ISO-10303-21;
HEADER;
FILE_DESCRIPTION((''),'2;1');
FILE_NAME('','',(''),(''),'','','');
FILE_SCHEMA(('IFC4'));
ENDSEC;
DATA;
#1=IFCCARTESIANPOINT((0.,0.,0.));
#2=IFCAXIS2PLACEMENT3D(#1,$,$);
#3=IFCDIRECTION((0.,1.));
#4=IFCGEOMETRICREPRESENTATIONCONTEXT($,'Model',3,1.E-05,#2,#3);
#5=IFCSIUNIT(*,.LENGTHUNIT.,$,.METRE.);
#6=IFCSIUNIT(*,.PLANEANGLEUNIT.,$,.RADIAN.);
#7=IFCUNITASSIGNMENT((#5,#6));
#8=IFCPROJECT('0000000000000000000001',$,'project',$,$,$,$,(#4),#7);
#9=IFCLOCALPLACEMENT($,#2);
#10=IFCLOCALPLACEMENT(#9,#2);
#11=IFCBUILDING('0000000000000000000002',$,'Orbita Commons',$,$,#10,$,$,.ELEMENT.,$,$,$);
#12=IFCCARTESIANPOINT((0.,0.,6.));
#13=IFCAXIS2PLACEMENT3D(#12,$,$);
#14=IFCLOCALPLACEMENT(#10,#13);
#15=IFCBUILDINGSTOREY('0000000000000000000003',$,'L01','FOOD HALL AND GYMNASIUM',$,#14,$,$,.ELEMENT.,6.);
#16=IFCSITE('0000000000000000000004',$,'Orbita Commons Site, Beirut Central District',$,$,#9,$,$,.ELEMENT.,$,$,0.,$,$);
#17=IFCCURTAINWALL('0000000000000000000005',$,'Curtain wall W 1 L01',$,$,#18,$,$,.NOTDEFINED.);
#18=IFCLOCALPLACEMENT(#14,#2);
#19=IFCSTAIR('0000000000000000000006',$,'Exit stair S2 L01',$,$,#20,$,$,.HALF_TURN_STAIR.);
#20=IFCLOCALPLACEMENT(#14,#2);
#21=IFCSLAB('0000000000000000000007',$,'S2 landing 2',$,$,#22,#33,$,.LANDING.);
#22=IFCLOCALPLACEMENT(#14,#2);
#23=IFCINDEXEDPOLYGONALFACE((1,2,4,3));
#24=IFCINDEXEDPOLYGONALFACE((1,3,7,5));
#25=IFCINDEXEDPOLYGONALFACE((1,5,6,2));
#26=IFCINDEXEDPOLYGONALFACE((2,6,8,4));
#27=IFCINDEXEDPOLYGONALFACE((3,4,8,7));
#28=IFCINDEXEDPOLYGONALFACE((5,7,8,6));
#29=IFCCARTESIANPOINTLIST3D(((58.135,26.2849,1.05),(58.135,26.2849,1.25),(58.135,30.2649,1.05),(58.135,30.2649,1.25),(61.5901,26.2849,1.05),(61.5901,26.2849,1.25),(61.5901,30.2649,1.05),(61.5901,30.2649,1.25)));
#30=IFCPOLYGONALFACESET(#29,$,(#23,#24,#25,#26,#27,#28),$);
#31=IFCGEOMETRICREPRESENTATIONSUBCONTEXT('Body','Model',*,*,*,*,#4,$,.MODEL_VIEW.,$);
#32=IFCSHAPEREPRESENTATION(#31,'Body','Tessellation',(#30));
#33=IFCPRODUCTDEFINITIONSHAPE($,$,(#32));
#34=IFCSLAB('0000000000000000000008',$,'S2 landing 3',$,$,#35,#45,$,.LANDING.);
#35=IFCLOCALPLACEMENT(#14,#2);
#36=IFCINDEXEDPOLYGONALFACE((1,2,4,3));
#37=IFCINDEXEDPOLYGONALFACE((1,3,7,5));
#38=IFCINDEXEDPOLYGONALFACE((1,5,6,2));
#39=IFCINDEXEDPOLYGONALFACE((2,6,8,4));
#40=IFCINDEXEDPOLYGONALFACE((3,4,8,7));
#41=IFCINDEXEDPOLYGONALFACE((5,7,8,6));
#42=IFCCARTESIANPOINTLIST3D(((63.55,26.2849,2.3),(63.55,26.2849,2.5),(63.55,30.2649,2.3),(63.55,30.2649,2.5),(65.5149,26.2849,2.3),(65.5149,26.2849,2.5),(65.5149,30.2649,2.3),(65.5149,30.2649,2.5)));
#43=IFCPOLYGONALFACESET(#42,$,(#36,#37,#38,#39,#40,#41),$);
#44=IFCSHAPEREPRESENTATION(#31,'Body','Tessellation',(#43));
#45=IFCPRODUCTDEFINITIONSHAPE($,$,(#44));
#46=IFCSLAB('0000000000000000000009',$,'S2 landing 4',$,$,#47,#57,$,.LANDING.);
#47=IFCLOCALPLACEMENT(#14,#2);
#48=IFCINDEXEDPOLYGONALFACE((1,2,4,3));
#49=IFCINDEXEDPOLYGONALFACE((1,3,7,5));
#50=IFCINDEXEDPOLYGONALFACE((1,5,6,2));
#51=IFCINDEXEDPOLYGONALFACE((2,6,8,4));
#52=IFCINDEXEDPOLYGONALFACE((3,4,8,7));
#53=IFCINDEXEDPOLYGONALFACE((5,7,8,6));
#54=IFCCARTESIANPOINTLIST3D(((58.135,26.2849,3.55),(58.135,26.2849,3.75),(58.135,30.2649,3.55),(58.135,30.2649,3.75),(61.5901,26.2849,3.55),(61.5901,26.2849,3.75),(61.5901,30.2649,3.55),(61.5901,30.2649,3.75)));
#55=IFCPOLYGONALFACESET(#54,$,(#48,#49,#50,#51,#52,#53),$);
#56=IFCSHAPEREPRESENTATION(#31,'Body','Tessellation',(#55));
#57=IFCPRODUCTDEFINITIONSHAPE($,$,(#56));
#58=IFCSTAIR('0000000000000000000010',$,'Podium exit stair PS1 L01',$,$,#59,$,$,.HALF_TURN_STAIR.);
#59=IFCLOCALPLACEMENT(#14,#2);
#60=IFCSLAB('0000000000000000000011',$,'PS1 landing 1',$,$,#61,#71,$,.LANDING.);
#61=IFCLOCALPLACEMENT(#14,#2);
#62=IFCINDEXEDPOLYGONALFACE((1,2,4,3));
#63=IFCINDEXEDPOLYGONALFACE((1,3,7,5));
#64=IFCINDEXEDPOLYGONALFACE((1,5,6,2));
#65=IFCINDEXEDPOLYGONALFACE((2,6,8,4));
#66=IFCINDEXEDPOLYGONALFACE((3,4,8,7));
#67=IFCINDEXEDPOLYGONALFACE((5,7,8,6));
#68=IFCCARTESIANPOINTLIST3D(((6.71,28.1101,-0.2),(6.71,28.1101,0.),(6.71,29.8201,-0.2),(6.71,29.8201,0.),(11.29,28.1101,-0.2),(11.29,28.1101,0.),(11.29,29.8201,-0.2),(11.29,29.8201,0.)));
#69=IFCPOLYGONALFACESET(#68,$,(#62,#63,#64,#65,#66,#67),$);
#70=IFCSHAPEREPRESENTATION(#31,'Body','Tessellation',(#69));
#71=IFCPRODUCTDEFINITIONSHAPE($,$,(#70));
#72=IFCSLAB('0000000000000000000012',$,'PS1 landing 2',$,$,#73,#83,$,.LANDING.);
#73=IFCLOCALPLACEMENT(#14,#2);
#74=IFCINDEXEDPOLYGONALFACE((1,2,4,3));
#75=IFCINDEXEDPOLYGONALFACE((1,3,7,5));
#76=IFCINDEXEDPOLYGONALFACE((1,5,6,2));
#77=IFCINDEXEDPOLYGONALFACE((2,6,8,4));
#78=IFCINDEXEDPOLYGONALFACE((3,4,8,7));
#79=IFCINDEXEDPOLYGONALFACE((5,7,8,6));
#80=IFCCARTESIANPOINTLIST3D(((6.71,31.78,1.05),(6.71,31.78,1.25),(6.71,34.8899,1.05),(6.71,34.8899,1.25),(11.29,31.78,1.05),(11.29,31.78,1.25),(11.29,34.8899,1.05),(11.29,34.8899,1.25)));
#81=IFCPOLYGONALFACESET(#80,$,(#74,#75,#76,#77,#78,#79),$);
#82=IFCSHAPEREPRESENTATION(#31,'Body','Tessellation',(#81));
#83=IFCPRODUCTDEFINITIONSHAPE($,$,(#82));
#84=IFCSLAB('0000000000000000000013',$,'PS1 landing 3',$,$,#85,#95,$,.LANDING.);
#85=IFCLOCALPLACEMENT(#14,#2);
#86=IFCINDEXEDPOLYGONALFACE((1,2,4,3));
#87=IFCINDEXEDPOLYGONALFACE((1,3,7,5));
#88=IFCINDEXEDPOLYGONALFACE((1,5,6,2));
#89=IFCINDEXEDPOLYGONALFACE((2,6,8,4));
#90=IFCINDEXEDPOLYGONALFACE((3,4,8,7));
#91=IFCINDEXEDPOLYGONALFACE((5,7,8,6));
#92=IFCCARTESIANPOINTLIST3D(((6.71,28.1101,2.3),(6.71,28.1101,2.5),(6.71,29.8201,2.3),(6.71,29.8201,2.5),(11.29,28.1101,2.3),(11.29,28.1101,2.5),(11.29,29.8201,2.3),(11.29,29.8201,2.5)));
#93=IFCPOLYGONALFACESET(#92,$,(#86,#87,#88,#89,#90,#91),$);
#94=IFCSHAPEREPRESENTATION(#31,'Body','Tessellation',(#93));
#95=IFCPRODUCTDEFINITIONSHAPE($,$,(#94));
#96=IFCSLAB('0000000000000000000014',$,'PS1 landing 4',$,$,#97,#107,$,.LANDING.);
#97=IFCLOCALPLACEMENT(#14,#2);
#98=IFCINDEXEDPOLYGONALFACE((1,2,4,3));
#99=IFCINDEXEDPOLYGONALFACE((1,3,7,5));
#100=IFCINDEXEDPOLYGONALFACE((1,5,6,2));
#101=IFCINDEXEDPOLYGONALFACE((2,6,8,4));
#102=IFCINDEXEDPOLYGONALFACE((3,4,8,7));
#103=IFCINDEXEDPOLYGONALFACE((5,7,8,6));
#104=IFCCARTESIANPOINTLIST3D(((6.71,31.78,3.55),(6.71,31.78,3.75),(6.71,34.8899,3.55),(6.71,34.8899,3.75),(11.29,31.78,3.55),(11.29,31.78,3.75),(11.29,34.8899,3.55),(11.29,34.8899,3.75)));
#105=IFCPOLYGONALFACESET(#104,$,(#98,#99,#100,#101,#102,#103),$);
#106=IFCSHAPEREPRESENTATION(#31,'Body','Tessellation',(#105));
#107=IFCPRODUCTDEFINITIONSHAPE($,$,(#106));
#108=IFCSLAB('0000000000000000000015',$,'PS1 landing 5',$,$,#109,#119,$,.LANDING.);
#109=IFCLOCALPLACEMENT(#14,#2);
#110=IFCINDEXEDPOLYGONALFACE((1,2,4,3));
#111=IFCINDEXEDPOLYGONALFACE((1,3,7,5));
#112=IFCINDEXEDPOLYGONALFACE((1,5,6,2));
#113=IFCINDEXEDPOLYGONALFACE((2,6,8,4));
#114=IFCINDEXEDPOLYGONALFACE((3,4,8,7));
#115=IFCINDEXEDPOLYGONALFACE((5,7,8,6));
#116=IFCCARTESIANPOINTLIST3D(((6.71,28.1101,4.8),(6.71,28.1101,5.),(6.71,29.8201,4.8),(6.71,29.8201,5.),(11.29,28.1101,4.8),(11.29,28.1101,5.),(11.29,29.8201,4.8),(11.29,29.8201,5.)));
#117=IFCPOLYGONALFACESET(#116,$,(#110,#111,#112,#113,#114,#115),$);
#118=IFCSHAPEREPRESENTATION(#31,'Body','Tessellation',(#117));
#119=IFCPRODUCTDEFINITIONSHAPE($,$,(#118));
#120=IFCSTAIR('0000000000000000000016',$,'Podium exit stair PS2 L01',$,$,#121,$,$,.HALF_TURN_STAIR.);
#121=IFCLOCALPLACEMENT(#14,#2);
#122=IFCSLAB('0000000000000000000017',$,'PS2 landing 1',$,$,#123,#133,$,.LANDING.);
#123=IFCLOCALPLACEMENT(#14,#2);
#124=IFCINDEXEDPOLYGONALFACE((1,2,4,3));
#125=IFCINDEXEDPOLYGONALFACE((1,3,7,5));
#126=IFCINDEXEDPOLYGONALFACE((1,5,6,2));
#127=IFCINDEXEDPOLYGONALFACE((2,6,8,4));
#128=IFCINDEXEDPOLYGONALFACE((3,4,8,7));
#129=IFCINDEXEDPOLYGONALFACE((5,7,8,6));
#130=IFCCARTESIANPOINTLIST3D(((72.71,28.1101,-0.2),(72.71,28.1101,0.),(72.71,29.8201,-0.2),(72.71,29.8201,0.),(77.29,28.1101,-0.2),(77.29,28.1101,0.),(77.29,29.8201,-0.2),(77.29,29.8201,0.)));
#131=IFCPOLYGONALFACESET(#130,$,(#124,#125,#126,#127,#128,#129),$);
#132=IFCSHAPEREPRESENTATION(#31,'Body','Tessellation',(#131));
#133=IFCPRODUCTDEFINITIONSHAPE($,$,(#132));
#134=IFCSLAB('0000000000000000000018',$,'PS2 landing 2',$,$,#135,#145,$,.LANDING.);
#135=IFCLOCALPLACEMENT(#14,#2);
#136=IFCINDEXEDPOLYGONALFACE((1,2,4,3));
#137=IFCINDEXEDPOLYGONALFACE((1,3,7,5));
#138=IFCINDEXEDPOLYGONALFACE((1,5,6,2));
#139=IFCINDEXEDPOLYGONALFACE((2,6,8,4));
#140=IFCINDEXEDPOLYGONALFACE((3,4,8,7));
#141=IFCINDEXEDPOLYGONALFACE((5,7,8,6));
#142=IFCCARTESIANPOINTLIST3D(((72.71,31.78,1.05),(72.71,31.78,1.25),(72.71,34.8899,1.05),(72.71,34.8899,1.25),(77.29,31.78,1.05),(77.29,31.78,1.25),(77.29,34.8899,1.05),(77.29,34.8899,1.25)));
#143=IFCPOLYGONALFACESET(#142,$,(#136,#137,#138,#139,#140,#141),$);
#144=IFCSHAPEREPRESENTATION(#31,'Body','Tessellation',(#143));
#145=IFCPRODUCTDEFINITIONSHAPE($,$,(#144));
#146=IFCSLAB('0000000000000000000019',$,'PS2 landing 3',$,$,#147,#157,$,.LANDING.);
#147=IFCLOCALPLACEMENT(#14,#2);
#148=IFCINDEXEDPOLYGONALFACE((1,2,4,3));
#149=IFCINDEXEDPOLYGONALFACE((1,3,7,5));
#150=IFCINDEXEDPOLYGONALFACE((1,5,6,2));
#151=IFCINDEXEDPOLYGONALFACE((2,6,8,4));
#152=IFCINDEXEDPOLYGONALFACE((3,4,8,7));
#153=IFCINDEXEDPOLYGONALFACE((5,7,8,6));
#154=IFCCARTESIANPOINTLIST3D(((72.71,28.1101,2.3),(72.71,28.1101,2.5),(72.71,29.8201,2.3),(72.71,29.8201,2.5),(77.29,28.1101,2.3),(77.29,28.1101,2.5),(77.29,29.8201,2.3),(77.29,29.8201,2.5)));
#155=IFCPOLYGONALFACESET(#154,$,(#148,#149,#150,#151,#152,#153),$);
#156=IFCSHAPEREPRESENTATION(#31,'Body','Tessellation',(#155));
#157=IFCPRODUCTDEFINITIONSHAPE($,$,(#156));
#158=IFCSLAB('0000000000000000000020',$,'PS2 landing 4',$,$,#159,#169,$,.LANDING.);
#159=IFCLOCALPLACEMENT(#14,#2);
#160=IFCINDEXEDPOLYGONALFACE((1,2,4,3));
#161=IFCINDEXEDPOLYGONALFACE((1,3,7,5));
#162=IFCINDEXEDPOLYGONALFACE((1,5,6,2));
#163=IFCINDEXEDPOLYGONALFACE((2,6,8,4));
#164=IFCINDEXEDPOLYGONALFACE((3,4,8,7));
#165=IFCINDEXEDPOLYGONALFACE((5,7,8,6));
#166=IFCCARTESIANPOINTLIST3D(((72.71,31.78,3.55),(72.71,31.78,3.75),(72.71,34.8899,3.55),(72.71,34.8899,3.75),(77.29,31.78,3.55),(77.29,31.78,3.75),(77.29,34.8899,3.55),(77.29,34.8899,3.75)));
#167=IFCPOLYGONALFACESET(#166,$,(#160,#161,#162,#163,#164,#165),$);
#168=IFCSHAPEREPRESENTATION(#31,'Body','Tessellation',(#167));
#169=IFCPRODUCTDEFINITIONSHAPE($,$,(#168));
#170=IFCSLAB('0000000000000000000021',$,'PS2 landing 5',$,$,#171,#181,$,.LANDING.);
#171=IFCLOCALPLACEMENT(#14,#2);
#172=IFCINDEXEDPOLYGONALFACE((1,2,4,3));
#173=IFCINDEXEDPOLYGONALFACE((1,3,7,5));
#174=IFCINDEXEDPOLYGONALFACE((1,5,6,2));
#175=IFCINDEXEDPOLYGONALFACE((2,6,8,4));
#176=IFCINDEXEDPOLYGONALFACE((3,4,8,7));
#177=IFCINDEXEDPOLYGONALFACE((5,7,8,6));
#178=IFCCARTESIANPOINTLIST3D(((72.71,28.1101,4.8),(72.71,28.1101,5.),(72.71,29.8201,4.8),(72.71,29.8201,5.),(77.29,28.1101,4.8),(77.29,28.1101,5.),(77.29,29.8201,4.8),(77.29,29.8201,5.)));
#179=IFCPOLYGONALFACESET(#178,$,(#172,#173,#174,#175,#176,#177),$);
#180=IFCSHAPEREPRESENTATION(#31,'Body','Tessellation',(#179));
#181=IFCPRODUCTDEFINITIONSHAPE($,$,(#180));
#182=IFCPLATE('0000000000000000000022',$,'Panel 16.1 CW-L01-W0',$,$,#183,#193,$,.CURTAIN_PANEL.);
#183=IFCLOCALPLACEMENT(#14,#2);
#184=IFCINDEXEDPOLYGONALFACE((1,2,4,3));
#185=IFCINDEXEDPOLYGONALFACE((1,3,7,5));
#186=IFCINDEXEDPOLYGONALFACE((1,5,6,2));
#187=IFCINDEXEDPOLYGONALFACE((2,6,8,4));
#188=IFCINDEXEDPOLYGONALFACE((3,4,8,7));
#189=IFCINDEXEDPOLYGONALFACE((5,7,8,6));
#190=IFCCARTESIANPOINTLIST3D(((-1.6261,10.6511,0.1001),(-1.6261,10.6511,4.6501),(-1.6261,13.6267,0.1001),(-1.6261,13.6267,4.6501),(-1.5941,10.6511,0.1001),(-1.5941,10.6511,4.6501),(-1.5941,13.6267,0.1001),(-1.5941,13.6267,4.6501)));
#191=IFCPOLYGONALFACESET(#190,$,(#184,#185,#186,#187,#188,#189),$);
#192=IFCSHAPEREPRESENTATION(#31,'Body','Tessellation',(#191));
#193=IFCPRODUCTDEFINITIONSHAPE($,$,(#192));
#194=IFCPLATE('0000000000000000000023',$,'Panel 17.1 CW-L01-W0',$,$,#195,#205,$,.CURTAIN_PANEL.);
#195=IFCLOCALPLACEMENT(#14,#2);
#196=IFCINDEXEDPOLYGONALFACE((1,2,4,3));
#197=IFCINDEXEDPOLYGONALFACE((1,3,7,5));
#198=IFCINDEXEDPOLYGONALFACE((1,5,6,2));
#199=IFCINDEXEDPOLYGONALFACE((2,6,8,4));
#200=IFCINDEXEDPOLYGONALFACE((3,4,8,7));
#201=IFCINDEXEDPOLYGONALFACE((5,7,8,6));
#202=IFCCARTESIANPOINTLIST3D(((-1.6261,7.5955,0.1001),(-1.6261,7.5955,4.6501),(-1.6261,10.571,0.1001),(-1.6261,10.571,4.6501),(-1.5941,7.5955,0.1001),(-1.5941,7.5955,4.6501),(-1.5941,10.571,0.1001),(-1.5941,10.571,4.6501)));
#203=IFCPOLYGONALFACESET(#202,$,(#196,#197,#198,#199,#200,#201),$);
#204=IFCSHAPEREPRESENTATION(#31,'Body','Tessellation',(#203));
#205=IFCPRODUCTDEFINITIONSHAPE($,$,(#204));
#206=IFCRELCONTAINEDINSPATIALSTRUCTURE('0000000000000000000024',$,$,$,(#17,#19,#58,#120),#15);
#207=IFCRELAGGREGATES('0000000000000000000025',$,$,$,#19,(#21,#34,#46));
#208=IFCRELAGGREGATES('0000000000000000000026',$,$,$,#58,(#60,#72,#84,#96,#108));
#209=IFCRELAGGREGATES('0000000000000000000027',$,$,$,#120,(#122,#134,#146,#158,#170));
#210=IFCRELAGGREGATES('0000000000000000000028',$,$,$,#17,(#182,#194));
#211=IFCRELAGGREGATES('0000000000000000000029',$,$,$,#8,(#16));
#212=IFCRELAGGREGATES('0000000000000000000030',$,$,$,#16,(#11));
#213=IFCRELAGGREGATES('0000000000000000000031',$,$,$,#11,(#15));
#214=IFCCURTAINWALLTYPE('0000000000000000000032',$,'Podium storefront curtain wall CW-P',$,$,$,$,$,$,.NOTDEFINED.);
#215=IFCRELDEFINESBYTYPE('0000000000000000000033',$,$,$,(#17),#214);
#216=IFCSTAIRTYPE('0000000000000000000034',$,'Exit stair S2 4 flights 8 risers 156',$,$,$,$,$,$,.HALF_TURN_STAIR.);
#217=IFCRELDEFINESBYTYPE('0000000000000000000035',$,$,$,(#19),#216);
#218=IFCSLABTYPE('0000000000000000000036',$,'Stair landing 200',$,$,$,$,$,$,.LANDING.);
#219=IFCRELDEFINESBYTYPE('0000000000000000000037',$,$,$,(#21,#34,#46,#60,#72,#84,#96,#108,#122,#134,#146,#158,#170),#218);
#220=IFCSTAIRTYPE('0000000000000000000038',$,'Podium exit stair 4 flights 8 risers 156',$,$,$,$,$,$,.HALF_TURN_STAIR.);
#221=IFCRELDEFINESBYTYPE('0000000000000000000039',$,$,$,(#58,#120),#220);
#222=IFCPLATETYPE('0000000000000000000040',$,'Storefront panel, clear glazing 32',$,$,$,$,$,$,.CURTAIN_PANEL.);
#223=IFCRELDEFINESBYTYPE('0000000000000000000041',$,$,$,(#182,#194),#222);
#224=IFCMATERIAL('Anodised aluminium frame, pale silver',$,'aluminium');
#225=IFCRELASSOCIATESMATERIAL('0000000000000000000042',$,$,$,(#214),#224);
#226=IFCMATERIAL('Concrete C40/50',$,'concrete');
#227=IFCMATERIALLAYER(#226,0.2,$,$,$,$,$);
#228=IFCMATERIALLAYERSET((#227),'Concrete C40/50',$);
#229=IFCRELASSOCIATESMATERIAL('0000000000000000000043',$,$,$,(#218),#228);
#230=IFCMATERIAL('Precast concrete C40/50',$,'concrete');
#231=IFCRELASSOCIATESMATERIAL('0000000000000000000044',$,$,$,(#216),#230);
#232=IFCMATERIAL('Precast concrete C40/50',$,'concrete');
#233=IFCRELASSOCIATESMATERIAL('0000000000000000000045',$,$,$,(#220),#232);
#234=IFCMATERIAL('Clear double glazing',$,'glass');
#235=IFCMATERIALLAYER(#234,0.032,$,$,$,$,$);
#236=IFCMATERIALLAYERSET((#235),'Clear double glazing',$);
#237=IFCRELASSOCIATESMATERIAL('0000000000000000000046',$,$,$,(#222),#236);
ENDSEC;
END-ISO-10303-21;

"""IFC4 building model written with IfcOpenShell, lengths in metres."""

from ifc_helpers import new_model, si_unit, direction, frame, origin, origin_2d, place, context, subcontext, project, spatial, polyline, rectangle, outline, extrude, material, layer, layer_set, type_object, element, aggregate, save


model = new_model("IFC4")

# Units and contexts
model_context = context("Model", 3, precision=1e-05, world=origin(), true_north=direction((0.0, 1.0)))
body_context = subcontext(model_context, "Body", "Model", "MODEL_VIEW")
ifc_project = project(units=[si_unit("LENGTHUNIT", "METRE"), si_unit("PLANEANGLEUNIT", "RADIAN")], contexts=[model_context])

# Site, building, storey
site_placement = place(None, origin())
site = spatial("IfcSite", under=ifc_project, at=site_placement, Name="Orbita Commons Site, Beirut Central District", CompositionType="ELEMENT", RefElevation=0.0)
building_placement = place(site_placement, origin())
building = spatial("IfcBuilding", under=site, at=building_placement, Name="Orbita Commons", CompositionType="ELEMENT")
storey_placement = place(building_placement, frame((0.0, 0.0, 6.0)))
storey = spatial("IfcBuildingStorey", under=building, at=storey_placement, Name="L01", Description="FOOD HALL AND GYMNASIUM", CompositionType="ELEMENT", Elevation=6.0)

# Curtain wall
ifc_material_1 = material(Name="Anodised aluminium frame, pale silver", Category="aluminium")
curtain_wall_type = type_object("IfcCurtainWallType", Name="Podium storefront curtain wall CW-P", PredefinedType="NOTDEFINED", material=ifc_material_1)
curtain_wall_placement = place(storey_placement, origin())
curtain_wall = element("IfcCurtainWall", 1, at=curtain_wall_placement, inside=storey, type_object=curtain_wall_type, Name="Curtain wall W 1 L01", PredefinedType="NOTDEFINED")

# Stairs, slabs
ifc_material_2 = material(Name="Concrete C40/50", Category="concrete")
ifc_layer_1 = layer(ifc_material_2, 0.2)
ifc_layer_set_1 = layer_set([ifc_layer_1], Name="Concrete C40/50")
slab_type_1 = type_object("IfcSlabType", Name="Stair landing 200", PredefinedType="LANDING", material=ifc_layer_set_1)
ifc_material_3 = material(Name="Precast concrete C40/50", Category="concrete")
stair_type_1 = type_object("IfcStairType", Name="Exit stair S2 4 flights 8 risers 156", PredefinedType="HALF_TURN_STAIR", material=ifc_material_3)
stair_1_placement = place(storey_placement, origin())
stair_1 = element("IfcStair", 2, at=stair_1_placement, inside=storey, type_object=stair_type_1, Name="Exit stair S2 L01", PredefinedType="HALF_TURN_STAIR")
slab_1_placement = place(storey_placement, frame((0.0, 0.0, 1.05)))
slab_1 = element("IfcSlab", 3, at=slab_1_placement, type_object=slab_type_1, Name="S2 landing 2", PredefinedType="LANDING", context=body_context, shape_type="SweptSolid", body=[
    extrude(outline(polyline([(58.135, 26.2849), (61.5901, 26.2849), (61.5901, 30.2649), (58.135, 30.2649), (58.135, 26.2849)])), origin(), (0.0, 0.0, 1.0), 0.2),
])
slab_2_placement = place(storey_placement, frame((0.0, 0.0, 2.3)))
slab_2 = element("IfcSlab", 4, at=slab_2_placement, type_object=slab_type_1, Name="S2 landing 3", PredefinedType="LANDING", context=body_context, shape_type="SweptSolid", body=[
    extrude(outline(polyline([(63.55, 26.2849), (65.5149, 26.2849), (65.5149, 30.2649), (63.55, 30.2649), (63.55, 26.2849)])), origin(), (0.0, 0.0, 1.0), 0.2),
])
slab_3_placement = place(storey_placement, frame((0.0, 0.0, 3.55)))
slab_3 = element("IfcSlab", 5, at=slab_3_placement, type_object=slab_type_1, Name="S2 landing 4", PredefinedType="LANDING", context=body_context, shape_type="SweptSolid", body=[
    extrude(outline(polyline([(58.135, 26.2849), (61.5901, 26.2849), (61.5901, 30.2649), (58.135, 30.2649), (58.135, 26.2849)])), origin(), (0.0, 0.0, 1.0), 0.2),
])
aggregate(stair_1, [slab_1, slab_2, slab_3])
ifc_material_4 = material(Name="Precast concrete C40/50", Category="concrete")
stair_type_2 = type_object("IfcStairType", Name="Podium exit stair 4 flights 8 risers 156", PredefinedType="HALF_TURN_STAIR", material=ifc_material_4)
stair_2_placement = place(storey_placement, origin())
stair_2 = element("IfcStair", 6, at=stair_2_placement, inside=storey, type_object=stair_type_2, Name="Podium exit stair PS1 L01", PredefinedType="HALF_TURN_STAIR")
slab_4_placement = place(storey_placement, frame((0.0, 0.0, -0.2)))
slab_4 = element("IfcSlab", 7, at=slab_4_placement, type_object=slab_type_1, Name="PS1 landing 1", PredefinedType="LANDING", context=body_context, shape_type="SweptSolid", body=[
    extrude(outline(polyline([(6.71, 28.1101), (11.29, 28.1101), (11.29, 29.8201), (6.71, 29.8201), (6.71, 28.1101)])), origin(), (0.0, 0.0, 1.0), 0.2),
])
slab_5_placement = place(storey_placement, frame((0.0, 0.0, 1.05)))
slab_5 = element("IfcSlab", 8, at=slab_5_placement, type_object=slab_type_1, Name="PS1 landing 2", PredefinedType="LANDING", context=body_context, shape_type="SweptSolid", body=[
    extrude(outline(polyline([(6.71, 31.78), (11.29, 31.78), (11.29, 34.8899), (6.71, 34.8899), (6.71, 31.78)])), origin(), (0.0, 0.0, 1.0), 0.2),
])
slab_6_placement = place(storey_placement, frame((0.0, 0.0, 2.3)))
slab_6 = element("IfcSlab", 9, at=slab_6_placement, type_object=slab_type_1, Name="PS1 landing 3", PredefinedType="LANDING", context=body_context, shape_type="SweptSolid", body=[
    extrude(outline(polyline([(6.71, 28.1101), (11.29, 28.1101), (11.29, 29.8201), (6.71, 29.8201), (6.71, 28.1101)])), origin(), (0.0, 0.0, 1.0), 0.2),
])
slab_7_placement = place(storey_placement, frame((0.0, 0.0, 3.55)))
slab_7 = element("IfcSlab", 10, at=slab_7_placement, type_object=slab_type_1, Name="PS1 landing 4", PredefinedType="LANDING", context=body_context, shape_type="SweptSolid", body=[
    extrude(outline(polyline([(6.71, 31.78), (11.29, 31.78), (11.29, 34.8899), (6.71, 34.8899), (6.71, 31.78)])), origin(), (0.0, 0.0, 1.0), 0.2),
])
slab_8_placement = place(storey_placement, frame((0.0, 0.0, 4.8)))
slab_8 = element("IfcSlab", 11, at=slab_8_placement, type_object=slab_type_1, Name="PS1 landing 5", PredefinedType="LANDING", context=body_context, shape_type="SweptSolid", body=[
    extrude(outline(polyline([(6.71, 28.1101), (11.29, 28.1101), (11.29, 29.8201), (6.71, 29.8201), (6.71, 28.1101)])), origin(), (0.0, 0.0, 1.0), 0.2),
])
aggregate(stair_2, [slab_4, slab_5, slab_6, slab_7, slab_8])
stair_3_placement = place(storey_placement, origin())
stair_3 = element("IfcStair", 12, at=stair_3_placement, inside=storey, type_object=stair_type_2, Name="Podium exit stair PS2 L01", PredefinedType="HALF_TURN_STAIR")
slab_9_placement = place(storey_placement, frame((0.0, 0.0, -0.2)))
slab_9 = element("IfcSlab", 13, at=slab_9_placement, type_object=slab_type_1, Name="PS2 landing 1", PredefinedType="LANDING", context=body_context, shape_type="SweptSolid", body=[
    extrude(outline(polyline([(72.71, 28.1101), (77.29, 28.1101), (77.29, 29.8201), (72.71, 29.8201), (72.71, 28.1101)])), origin(), (0.0, 0.0, 1.0), 0.2),
])
slab_10_placement = place(storey_placement, frame((0.0, 0.0, 1.05)))
slab_10 = element("IfcSlab", 14, at=slab_10_placement, type_object=slab_type_1, Name="PS2 landing 2", PredefinedType="LANDING", context=body_context, shape_type="SweptSolid", body=[
    extrude(outline(polyline([(72.71, 31.78), (77.29, 31.78), (77.29, 34.8899), (72.71, 34.8899), (72.71, 31.78)])), origin(), (0.0, 0.0, 1.0), 0.2),
])
slab_11_placement = place(storey_placement, frame((0.0, 0.0, 2.3)))
slab_11 = element("IfcSlab", 15, at=slab_11_placement, type_object=slab_type_1, Name="PS2 landing 3", PredefinedType="LANDING", context=body_context, shape_type="SweptSolid", body=[
    extrude(outline(polyline([(72.71, 28.1101), (77.29, 28.1101), (77.29, 29.8201), (72.71, 29.8201), (72.71, 28.1101)])), origin(), (0.0, 0.0, 1.0), 0.2),
])
slab_12_placement = place(storey_placement, frame((0.0, 0.0, 3.55)))
slab_12 = element("IfcSlab", 16, at=slab_12_placement, type_object=slab_type_1, Name="PS2 landing 4", PredefinedType="LANDING", context=body_context, shape_type="SweptSolid", body=[
    extrude(outline(polyline([(72.71, 31.78), (77.29, 31.78), (77.29, 34.8899), (72.71, 34.8899), (72.71, 31.78)])), origin(), (0.0, 0.0, 1.0), 0.2),
])
slab_13_placement = place(storey_placement, frame((0.0, 0.0, 4.8)))
slab_13 = element("IfcSlab", 17, at=slab_13_placement, type_object=slab_type_1, Name="PS2 landing 5", PredefinedType="LANDING", context=body_context, shape_type="SweptSolid", body=[
    extrude(outline(polyline([(72.71, 28.1101), (77.29, 28.1101), (77.29, 29.8201), (72.71, 29.8201), (72.71, 28.1101)])), origin(), (0.0, 0.0, 1.0), 0.2),
])
aggregate(stair_3, [slab_9, slab_10, slab_11, slab_12, slab_13])

# Plates
ifc_material_5 = material(Name="Clear double glazing", Category="glass")
ifc_layer_2 = layer(ifc_material_5, 0.032)
ifc_layer_set_2 = layer_set([ifc_layer_2], Name="Clear double glazing")
plate_type = type_object("IfcPlateType", Name="Storefront panel, clear glazing 32", PredefinedType="CURTAIN_PANEL", material=ifc_layer_set_2)
plate_1_placement = place(storey_placement, frame((-1.6101, 12.1389, 0.1001), z_axis=(0.0, 0.0, 1.0), x_axis=(0.0, -1.0, 0.0)))
plate_1 = element("IfcPlate", 18, at=plate_1_placement, type_object=plate_type, Name="Panel 16.1 CW-L01-W0", PredefinedType="CURTAIN_PANEL", context=body_context, shape_type="SweptSolid", body=[
    extrude(rectangle(XDim=2.9756, YDim=0.032, at=origin_2d()), origin(), (0.0, 0.0, 1.0), 4.55),
])
plate_2_placement = place(storey_placement, frame((-1.6101, 9.0833, 0.1001), z_axis=(0.0, 0.0, 1.0), x_axis=(0.0, -1.0, 0.0)))
plate_2 = element("IfcPlate", 19, at=plate_2_placement, type_object=plate_type, Name="Panel 17.1 CW-L01-W0", PredefinedType="CURTAIN_PANEL", context=body_context, shape_type="SweptSolid", body=[
    extrude(rectangle(XDim=2.9756, YDim=0.032, at=origin_2d()), origin(), (0.0, 0.0, 1.0), 4.55),
])
aggregate(curtain_wall, [plate_1, plate_2])

save(model, "model.ifc")
